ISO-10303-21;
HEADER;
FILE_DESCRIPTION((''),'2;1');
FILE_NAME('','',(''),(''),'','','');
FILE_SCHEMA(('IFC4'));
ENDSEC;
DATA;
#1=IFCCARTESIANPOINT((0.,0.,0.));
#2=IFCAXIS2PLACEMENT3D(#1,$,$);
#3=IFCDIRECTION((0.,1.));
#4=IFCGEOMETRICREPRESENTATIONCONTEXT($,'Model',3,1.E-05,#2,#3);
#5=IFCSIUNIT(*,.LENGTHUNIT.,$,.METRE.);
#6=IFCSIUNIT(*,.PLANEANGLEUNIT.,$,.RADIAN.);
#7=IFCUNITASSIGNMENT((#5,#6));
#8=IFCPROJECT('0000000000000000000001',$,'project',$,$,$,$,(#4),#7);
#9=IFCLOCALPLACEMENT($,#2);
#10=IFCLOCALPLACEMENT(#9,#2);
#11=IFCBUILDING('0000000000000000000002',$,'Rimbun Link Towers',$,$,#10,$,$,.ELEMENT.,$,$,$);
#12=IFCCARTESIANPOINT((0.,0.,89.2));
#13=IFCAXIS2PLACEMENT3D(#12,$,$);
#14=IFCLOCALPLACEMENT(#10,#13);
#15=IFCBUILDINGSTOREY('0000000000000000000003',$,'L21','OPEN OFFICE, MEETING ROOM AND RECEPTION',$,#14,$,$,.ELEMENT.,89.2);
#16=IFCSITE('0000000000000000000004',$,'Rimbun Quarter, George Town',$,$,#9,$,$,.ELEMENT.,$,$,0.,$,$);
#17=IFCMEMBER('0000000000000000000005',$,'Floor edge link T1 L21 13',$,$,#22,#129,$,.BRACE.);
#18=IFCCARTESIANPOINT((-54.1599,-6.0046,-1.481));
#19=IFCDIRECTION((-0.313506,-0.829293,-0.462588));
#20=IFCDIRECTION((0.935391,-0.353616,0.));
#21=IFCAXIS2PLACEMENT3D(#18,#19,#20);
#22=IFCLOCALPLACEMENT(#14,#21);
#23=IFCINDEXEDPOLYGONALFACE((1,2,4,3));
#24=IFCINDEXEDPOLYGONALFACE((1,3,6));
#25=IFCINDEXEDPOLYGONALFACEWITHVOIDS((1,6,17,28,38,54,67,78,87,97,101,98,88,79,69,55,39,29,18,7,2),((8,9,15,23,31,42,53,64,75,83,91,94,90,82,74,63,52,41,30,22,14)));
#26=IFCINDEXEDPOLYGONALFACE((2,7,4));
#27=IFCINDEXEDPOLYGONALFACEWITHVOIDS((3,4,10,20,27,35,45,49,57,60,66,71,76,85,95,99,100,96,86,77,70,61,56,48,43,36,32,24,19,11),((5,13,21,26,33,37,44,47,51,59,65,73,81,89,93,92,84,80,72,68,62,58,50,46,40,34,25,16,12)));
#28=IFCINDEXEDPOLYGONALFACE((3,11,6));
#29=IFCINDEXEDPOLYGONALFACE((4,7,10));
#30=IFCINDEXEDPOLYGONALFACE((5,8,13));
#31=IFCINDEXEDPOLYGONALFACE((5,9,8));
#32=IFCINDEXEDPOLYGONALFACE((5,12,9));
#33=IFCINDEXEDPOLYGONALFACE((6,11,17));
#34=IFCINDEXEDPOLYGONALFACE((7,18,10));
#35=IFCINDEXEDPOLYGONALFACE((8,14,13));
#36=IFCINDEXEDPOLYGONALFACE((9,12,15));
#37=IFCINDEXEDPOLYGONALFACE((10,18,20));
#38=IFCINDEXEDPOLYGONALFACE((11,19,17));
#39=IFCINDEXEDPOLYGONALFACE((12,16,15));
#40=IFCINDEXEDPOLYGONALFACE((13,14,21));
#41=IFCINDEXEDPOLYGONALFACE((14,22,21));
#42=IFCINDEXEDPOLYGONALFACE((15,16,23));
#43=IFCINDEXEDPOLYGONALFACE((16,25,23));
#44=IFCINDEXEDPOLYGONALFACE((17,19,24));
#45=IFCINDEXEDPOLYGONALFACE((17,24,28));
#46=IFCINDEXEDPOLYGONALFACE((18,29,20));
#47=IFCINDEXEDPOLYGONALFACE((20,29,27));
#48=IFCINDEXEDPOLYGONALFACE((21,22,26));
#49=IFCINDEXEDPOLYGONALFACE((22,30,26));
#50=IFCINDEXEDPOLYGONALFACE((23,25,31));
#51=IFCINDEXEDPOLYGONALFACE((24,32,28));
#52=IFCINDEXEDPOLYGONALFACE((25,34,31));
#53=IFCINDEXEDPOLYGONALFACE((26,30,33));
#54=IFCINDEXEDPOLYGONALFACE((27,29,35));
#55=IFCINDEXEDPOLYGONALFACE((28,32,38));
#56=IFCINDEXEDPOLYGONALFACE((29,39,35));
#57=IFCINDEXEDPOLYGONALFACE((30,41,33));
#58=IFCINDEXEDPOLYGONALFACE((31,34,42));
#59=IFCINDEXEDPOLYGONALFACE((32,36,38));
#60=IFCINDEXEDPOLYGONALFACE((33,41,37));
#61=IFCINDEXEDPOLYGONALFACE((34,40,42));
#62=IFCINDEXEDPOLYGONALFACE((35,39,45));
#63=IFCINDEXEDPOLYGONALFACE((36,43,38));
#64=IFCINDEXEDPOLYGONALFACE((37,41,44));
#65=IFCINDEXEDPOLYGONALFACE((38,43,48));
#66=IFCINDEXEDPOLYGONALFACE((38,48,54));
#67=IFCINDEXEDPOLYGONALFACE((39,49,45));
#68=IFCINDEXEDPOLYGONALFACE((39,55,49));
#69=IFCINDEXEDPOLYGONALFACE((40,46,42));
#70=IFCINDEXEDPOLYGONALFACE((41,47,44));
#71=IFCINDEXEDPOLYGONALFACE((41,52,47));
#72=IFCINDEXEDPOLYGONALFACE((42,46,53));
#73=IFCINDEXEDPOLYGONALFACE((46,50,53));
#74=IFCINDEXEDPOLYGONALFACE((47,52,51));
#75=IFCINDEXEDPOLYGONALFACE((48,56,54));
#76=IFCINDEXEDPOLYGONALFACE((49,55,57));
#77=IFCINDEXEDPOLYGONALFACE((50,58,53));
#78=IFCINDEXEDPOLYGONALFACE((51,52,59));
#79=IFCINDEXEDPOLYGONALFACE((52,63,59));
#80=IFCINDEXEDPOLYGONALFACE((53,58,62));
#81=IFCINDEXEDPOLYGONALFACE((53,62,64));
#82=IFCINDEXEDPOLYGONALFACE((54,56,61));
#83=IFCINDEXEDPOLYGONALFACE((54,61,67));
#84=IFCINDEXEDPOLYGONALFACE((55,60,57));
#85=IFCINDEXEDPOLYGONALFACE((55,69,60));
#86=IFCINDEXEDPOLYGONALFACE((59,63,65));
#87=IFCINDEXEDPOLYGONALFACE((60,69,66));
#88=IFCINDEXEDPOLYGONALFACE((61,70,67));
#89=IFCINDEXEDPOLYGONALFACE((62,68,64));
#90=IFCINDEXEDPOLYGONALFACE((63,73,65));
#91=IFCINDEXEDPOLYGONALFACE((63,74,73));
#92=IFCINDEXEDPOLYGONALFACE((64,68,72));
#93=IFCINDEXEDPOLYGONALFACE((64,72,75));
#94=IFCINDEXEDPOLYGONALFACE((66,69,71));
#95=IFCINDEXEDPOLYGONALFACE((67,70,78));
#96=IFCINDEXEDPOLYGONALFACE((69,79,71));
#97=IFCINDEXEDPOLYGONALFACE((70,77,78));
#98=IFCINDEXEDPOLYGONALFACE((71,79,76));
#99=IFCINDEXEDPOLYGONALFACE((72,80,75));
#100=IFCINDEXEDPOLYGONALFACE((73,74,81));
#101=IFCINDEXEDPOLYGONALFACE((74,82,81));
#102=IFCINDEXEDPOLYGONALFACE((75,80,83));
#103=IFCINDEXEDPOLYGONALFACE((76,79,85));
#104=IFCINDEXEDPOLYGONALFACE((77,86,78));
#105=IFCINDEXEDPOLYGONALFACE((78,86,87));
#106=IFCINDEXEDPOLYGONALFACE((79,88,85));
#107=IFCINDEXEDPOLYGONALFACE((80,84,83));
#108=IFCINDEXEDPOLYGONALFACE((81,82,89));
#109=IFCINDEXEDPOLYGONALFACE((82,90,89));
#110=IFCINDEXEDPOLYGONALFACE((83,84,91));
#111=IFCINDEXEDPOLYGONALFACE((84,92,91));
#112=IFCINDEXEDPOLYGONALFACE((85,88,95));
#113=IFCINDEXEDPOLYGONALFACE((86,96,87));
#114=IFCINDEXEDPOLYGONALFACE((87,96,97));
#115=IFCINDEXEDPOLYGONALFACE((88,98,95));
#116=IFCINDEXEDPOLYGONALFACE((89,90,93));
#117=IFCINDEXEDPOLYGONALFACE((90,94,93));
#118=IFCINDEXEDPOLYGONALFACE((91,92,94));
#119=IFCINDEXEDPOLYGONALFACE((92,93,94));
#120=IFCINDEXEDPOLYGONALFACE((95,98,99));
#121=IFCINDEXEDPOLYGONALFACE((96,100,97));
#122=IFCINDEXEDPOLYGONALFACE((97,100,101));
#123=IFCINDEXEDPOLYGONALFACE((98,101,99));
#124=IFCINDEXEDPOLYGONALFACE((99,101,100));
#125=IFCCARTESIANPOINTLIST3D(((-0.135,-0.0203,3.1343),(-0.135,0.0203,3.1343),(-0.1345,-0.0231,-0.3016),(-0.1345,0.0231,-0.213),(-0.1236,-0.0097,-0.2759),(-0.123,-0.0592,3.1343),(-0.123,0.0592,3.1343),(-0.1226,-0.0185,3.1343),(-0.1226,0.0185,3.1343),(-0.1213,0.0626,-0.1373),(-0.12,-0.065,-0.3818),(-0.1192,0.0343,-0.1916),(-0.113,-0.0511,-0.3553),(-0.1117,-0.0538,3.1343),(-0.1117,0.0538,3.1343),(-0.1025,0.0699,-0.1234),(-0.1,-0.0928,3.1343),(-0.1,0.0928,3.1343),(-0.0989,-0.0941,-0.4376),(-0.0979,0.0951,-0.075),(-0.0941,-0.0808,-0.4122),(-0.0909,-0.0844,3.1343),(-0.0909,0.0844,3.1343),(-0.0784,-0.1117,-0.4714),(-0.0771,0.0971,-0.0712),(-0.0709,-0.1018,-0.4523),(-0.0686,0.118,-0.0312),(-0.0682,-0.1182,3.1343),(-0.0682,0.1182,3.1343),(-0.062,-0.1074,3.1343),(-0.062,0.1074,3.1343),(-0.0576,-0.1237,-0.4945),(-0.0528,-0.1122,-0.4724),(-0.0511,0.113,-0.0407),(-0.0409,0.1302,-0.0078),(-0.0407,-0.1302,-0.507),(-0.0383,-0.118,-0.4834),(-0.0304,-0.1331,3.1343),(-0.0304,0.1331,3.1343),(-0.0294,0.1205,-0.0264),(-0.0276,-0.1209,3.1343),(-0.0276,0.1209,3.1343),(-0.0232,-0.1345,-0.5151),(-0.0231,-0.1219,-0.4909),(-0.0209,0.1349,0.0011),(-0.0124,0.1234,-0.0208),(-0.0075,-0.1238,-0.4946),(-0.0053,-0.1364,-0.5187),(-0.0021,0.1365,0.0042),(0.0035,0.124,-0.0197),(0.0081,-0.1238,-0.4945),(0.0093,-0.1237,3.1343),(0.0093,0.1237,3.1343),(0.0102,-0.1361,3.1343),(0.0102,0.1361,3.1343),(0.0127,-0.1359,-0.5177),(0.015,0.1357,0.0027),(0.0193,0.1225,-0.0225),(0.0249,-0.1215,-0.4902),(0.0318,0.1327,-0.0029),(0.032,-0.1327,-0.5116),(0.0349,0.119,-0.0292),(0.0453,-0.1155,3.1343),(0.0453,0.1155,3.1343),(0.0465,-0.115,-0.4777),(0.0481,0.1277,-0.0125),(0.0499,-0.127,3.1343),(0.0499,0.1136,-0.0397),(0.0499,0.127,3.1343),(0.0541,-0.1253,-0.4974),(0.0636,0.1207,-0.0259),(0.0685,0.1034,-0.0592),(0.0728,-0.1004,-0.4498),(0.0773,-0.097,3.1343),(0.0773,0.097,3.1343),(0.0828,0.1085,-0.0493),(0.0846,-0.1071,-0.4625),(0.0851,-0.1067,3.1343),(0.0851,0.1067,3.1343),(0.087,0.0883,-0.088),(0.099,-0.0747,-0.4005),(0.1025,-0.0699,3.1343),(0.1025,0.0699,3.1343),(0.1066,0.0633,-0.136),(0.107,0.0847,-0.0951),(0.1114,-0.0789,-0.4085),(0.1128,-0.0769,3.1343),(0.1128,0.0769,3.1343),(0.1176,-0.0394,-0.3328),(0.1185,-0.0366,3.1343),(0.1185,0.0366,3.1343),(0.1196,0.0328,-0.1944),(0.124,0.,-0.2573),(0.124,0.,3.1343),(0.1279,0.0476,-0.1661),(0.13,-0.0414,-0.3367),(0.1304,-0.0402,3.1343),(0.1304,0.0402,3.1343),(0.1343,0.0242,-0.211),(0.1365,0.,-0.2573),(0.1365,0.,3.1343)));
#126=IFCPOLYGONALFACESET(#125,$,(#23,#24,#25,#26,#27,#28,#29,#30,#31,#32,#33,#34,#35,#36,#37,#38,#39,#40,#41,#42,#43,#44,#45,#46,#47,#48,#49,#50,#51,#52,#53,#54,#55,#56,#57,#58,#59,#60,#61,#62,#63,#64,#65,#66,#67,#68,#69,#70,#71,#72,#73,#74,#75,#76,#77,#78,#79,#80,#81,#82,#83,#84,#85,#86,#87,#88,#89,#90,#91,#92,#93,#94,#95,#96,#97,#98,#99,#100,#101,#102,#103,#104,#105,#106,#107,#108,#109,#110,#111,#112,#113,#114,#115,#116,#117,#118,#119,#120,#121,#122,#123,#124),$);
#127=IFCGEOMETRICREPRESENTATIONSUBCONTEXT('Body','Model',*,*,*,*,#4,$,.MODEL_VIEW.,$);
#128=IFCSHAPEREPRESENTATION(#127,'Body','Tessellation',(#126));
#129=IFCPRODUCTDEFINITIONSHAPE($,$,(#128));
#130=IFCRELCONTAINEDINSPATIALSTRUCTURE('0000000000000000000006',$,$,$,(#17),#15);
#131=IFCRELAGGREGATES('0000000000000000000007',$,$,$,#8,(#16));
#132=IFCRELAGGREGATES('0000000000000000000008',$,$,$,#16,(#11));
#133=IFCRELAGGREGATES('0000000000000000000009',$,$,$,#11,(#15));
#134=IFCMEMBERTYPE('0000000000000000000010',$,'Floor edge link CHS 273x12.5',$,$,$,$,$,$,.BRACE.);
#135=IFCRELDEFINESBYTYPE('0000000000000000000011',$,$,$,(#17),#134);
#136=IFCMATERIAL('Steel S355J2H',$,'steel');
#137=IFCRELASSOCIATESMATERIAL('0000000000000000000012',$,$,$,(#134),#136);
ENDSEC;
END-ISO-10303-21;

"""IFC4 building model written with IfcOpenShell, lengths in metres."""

from ifc_helpers import new_model, si_unit, direction, frame, origin, origin_2d, place, context, subcontext, project, spatial, hollow_circle, extrude, clip, halfspace, material, material_profile, profile_set, type_object, element, save


model = new_model("IFC4")

# Units and contexts
model_context = context("Model", 3, precision=1e-05, world=origin(), true_north=direction((0.0, 1.0)))
body_context = subcontext(model_context, "Body", "Model", "MODEL_VIEW")
ifc_project = project(units=[si_unit("LENGTHUNIT", "METRE"), si_unit("PLANEANGLEUNIT", "RADIAN")], contexts=[model_context])

# Site, building, storey
site_placement = place(None, origin())
site = spatial("IfcSite", under=ifc_project, at=site_placement, Name="Rimbun Quarter, George Town", CompositionType="ELEMENT", RefElevation=0.0)
building_placement = place(site_placement, origin())
building = spatial("IfcBuilding", under=site, at=building_placement, Name="Rimbun Link Towers", CompositionType="ELEMENT")
storey_placement = place(building_placement, frame((0.0, 0.0, 89.2)))
storey = spatial("IfcBuildingStorey", under=building, at=storey_placement, Name="L21", Description="OPEN OFFICE, MEETING ROOM AND RECEPTION", CompositionType="ELEMENT", Elevation=89.2)

# Member
ifc_material_1 = material(Name="Steel S355J2H", Category="steel")
ifc_material_profile_1 = material_profile(ifc_material_1, hollow_circle(Radius=0.1365, WallThickness=0.0125, at=origin_2d()), Name="CHS 273x12.5")
ifc_profile_set_1 = profile_set([ifc_material_profile_1], Name="Steel S355J2H")
member_type_1 = type_object("IfcMemberType", Name="Floor edge link CHS 273x12.5", PredefinedType="BRACE", material=ifc_profile_set_1)
member_1_placement = place(storey_placement, frame((-54.1599, -6.0046, -1.481), z_axis=(-0.313506, -0.829293, -0.462588), x_axis=(0.935391, -0.353616, 0.0)))
element("IfcMember", 1, at=member_1_placement, inside=storey, type_object=member_type_1, Name="Floor edge link T1 L21 13", PredefinedType="BRACE", context=body_context, shape_type="Clipping", body=[
    clip(extrude(hollow_circle(Radius=0.1365, WallThickness=0.0125, at=origin_2d()), frame((0.0, 0.0, -0.5449)), (0.0, 0.0, 1.0), 3.6792), halfspace(frame((0.0, 0.0, -0.2573), z_axis=(0.0, 0.886574, -0.462588)), False)),
])

save(model, "model.ifc")
